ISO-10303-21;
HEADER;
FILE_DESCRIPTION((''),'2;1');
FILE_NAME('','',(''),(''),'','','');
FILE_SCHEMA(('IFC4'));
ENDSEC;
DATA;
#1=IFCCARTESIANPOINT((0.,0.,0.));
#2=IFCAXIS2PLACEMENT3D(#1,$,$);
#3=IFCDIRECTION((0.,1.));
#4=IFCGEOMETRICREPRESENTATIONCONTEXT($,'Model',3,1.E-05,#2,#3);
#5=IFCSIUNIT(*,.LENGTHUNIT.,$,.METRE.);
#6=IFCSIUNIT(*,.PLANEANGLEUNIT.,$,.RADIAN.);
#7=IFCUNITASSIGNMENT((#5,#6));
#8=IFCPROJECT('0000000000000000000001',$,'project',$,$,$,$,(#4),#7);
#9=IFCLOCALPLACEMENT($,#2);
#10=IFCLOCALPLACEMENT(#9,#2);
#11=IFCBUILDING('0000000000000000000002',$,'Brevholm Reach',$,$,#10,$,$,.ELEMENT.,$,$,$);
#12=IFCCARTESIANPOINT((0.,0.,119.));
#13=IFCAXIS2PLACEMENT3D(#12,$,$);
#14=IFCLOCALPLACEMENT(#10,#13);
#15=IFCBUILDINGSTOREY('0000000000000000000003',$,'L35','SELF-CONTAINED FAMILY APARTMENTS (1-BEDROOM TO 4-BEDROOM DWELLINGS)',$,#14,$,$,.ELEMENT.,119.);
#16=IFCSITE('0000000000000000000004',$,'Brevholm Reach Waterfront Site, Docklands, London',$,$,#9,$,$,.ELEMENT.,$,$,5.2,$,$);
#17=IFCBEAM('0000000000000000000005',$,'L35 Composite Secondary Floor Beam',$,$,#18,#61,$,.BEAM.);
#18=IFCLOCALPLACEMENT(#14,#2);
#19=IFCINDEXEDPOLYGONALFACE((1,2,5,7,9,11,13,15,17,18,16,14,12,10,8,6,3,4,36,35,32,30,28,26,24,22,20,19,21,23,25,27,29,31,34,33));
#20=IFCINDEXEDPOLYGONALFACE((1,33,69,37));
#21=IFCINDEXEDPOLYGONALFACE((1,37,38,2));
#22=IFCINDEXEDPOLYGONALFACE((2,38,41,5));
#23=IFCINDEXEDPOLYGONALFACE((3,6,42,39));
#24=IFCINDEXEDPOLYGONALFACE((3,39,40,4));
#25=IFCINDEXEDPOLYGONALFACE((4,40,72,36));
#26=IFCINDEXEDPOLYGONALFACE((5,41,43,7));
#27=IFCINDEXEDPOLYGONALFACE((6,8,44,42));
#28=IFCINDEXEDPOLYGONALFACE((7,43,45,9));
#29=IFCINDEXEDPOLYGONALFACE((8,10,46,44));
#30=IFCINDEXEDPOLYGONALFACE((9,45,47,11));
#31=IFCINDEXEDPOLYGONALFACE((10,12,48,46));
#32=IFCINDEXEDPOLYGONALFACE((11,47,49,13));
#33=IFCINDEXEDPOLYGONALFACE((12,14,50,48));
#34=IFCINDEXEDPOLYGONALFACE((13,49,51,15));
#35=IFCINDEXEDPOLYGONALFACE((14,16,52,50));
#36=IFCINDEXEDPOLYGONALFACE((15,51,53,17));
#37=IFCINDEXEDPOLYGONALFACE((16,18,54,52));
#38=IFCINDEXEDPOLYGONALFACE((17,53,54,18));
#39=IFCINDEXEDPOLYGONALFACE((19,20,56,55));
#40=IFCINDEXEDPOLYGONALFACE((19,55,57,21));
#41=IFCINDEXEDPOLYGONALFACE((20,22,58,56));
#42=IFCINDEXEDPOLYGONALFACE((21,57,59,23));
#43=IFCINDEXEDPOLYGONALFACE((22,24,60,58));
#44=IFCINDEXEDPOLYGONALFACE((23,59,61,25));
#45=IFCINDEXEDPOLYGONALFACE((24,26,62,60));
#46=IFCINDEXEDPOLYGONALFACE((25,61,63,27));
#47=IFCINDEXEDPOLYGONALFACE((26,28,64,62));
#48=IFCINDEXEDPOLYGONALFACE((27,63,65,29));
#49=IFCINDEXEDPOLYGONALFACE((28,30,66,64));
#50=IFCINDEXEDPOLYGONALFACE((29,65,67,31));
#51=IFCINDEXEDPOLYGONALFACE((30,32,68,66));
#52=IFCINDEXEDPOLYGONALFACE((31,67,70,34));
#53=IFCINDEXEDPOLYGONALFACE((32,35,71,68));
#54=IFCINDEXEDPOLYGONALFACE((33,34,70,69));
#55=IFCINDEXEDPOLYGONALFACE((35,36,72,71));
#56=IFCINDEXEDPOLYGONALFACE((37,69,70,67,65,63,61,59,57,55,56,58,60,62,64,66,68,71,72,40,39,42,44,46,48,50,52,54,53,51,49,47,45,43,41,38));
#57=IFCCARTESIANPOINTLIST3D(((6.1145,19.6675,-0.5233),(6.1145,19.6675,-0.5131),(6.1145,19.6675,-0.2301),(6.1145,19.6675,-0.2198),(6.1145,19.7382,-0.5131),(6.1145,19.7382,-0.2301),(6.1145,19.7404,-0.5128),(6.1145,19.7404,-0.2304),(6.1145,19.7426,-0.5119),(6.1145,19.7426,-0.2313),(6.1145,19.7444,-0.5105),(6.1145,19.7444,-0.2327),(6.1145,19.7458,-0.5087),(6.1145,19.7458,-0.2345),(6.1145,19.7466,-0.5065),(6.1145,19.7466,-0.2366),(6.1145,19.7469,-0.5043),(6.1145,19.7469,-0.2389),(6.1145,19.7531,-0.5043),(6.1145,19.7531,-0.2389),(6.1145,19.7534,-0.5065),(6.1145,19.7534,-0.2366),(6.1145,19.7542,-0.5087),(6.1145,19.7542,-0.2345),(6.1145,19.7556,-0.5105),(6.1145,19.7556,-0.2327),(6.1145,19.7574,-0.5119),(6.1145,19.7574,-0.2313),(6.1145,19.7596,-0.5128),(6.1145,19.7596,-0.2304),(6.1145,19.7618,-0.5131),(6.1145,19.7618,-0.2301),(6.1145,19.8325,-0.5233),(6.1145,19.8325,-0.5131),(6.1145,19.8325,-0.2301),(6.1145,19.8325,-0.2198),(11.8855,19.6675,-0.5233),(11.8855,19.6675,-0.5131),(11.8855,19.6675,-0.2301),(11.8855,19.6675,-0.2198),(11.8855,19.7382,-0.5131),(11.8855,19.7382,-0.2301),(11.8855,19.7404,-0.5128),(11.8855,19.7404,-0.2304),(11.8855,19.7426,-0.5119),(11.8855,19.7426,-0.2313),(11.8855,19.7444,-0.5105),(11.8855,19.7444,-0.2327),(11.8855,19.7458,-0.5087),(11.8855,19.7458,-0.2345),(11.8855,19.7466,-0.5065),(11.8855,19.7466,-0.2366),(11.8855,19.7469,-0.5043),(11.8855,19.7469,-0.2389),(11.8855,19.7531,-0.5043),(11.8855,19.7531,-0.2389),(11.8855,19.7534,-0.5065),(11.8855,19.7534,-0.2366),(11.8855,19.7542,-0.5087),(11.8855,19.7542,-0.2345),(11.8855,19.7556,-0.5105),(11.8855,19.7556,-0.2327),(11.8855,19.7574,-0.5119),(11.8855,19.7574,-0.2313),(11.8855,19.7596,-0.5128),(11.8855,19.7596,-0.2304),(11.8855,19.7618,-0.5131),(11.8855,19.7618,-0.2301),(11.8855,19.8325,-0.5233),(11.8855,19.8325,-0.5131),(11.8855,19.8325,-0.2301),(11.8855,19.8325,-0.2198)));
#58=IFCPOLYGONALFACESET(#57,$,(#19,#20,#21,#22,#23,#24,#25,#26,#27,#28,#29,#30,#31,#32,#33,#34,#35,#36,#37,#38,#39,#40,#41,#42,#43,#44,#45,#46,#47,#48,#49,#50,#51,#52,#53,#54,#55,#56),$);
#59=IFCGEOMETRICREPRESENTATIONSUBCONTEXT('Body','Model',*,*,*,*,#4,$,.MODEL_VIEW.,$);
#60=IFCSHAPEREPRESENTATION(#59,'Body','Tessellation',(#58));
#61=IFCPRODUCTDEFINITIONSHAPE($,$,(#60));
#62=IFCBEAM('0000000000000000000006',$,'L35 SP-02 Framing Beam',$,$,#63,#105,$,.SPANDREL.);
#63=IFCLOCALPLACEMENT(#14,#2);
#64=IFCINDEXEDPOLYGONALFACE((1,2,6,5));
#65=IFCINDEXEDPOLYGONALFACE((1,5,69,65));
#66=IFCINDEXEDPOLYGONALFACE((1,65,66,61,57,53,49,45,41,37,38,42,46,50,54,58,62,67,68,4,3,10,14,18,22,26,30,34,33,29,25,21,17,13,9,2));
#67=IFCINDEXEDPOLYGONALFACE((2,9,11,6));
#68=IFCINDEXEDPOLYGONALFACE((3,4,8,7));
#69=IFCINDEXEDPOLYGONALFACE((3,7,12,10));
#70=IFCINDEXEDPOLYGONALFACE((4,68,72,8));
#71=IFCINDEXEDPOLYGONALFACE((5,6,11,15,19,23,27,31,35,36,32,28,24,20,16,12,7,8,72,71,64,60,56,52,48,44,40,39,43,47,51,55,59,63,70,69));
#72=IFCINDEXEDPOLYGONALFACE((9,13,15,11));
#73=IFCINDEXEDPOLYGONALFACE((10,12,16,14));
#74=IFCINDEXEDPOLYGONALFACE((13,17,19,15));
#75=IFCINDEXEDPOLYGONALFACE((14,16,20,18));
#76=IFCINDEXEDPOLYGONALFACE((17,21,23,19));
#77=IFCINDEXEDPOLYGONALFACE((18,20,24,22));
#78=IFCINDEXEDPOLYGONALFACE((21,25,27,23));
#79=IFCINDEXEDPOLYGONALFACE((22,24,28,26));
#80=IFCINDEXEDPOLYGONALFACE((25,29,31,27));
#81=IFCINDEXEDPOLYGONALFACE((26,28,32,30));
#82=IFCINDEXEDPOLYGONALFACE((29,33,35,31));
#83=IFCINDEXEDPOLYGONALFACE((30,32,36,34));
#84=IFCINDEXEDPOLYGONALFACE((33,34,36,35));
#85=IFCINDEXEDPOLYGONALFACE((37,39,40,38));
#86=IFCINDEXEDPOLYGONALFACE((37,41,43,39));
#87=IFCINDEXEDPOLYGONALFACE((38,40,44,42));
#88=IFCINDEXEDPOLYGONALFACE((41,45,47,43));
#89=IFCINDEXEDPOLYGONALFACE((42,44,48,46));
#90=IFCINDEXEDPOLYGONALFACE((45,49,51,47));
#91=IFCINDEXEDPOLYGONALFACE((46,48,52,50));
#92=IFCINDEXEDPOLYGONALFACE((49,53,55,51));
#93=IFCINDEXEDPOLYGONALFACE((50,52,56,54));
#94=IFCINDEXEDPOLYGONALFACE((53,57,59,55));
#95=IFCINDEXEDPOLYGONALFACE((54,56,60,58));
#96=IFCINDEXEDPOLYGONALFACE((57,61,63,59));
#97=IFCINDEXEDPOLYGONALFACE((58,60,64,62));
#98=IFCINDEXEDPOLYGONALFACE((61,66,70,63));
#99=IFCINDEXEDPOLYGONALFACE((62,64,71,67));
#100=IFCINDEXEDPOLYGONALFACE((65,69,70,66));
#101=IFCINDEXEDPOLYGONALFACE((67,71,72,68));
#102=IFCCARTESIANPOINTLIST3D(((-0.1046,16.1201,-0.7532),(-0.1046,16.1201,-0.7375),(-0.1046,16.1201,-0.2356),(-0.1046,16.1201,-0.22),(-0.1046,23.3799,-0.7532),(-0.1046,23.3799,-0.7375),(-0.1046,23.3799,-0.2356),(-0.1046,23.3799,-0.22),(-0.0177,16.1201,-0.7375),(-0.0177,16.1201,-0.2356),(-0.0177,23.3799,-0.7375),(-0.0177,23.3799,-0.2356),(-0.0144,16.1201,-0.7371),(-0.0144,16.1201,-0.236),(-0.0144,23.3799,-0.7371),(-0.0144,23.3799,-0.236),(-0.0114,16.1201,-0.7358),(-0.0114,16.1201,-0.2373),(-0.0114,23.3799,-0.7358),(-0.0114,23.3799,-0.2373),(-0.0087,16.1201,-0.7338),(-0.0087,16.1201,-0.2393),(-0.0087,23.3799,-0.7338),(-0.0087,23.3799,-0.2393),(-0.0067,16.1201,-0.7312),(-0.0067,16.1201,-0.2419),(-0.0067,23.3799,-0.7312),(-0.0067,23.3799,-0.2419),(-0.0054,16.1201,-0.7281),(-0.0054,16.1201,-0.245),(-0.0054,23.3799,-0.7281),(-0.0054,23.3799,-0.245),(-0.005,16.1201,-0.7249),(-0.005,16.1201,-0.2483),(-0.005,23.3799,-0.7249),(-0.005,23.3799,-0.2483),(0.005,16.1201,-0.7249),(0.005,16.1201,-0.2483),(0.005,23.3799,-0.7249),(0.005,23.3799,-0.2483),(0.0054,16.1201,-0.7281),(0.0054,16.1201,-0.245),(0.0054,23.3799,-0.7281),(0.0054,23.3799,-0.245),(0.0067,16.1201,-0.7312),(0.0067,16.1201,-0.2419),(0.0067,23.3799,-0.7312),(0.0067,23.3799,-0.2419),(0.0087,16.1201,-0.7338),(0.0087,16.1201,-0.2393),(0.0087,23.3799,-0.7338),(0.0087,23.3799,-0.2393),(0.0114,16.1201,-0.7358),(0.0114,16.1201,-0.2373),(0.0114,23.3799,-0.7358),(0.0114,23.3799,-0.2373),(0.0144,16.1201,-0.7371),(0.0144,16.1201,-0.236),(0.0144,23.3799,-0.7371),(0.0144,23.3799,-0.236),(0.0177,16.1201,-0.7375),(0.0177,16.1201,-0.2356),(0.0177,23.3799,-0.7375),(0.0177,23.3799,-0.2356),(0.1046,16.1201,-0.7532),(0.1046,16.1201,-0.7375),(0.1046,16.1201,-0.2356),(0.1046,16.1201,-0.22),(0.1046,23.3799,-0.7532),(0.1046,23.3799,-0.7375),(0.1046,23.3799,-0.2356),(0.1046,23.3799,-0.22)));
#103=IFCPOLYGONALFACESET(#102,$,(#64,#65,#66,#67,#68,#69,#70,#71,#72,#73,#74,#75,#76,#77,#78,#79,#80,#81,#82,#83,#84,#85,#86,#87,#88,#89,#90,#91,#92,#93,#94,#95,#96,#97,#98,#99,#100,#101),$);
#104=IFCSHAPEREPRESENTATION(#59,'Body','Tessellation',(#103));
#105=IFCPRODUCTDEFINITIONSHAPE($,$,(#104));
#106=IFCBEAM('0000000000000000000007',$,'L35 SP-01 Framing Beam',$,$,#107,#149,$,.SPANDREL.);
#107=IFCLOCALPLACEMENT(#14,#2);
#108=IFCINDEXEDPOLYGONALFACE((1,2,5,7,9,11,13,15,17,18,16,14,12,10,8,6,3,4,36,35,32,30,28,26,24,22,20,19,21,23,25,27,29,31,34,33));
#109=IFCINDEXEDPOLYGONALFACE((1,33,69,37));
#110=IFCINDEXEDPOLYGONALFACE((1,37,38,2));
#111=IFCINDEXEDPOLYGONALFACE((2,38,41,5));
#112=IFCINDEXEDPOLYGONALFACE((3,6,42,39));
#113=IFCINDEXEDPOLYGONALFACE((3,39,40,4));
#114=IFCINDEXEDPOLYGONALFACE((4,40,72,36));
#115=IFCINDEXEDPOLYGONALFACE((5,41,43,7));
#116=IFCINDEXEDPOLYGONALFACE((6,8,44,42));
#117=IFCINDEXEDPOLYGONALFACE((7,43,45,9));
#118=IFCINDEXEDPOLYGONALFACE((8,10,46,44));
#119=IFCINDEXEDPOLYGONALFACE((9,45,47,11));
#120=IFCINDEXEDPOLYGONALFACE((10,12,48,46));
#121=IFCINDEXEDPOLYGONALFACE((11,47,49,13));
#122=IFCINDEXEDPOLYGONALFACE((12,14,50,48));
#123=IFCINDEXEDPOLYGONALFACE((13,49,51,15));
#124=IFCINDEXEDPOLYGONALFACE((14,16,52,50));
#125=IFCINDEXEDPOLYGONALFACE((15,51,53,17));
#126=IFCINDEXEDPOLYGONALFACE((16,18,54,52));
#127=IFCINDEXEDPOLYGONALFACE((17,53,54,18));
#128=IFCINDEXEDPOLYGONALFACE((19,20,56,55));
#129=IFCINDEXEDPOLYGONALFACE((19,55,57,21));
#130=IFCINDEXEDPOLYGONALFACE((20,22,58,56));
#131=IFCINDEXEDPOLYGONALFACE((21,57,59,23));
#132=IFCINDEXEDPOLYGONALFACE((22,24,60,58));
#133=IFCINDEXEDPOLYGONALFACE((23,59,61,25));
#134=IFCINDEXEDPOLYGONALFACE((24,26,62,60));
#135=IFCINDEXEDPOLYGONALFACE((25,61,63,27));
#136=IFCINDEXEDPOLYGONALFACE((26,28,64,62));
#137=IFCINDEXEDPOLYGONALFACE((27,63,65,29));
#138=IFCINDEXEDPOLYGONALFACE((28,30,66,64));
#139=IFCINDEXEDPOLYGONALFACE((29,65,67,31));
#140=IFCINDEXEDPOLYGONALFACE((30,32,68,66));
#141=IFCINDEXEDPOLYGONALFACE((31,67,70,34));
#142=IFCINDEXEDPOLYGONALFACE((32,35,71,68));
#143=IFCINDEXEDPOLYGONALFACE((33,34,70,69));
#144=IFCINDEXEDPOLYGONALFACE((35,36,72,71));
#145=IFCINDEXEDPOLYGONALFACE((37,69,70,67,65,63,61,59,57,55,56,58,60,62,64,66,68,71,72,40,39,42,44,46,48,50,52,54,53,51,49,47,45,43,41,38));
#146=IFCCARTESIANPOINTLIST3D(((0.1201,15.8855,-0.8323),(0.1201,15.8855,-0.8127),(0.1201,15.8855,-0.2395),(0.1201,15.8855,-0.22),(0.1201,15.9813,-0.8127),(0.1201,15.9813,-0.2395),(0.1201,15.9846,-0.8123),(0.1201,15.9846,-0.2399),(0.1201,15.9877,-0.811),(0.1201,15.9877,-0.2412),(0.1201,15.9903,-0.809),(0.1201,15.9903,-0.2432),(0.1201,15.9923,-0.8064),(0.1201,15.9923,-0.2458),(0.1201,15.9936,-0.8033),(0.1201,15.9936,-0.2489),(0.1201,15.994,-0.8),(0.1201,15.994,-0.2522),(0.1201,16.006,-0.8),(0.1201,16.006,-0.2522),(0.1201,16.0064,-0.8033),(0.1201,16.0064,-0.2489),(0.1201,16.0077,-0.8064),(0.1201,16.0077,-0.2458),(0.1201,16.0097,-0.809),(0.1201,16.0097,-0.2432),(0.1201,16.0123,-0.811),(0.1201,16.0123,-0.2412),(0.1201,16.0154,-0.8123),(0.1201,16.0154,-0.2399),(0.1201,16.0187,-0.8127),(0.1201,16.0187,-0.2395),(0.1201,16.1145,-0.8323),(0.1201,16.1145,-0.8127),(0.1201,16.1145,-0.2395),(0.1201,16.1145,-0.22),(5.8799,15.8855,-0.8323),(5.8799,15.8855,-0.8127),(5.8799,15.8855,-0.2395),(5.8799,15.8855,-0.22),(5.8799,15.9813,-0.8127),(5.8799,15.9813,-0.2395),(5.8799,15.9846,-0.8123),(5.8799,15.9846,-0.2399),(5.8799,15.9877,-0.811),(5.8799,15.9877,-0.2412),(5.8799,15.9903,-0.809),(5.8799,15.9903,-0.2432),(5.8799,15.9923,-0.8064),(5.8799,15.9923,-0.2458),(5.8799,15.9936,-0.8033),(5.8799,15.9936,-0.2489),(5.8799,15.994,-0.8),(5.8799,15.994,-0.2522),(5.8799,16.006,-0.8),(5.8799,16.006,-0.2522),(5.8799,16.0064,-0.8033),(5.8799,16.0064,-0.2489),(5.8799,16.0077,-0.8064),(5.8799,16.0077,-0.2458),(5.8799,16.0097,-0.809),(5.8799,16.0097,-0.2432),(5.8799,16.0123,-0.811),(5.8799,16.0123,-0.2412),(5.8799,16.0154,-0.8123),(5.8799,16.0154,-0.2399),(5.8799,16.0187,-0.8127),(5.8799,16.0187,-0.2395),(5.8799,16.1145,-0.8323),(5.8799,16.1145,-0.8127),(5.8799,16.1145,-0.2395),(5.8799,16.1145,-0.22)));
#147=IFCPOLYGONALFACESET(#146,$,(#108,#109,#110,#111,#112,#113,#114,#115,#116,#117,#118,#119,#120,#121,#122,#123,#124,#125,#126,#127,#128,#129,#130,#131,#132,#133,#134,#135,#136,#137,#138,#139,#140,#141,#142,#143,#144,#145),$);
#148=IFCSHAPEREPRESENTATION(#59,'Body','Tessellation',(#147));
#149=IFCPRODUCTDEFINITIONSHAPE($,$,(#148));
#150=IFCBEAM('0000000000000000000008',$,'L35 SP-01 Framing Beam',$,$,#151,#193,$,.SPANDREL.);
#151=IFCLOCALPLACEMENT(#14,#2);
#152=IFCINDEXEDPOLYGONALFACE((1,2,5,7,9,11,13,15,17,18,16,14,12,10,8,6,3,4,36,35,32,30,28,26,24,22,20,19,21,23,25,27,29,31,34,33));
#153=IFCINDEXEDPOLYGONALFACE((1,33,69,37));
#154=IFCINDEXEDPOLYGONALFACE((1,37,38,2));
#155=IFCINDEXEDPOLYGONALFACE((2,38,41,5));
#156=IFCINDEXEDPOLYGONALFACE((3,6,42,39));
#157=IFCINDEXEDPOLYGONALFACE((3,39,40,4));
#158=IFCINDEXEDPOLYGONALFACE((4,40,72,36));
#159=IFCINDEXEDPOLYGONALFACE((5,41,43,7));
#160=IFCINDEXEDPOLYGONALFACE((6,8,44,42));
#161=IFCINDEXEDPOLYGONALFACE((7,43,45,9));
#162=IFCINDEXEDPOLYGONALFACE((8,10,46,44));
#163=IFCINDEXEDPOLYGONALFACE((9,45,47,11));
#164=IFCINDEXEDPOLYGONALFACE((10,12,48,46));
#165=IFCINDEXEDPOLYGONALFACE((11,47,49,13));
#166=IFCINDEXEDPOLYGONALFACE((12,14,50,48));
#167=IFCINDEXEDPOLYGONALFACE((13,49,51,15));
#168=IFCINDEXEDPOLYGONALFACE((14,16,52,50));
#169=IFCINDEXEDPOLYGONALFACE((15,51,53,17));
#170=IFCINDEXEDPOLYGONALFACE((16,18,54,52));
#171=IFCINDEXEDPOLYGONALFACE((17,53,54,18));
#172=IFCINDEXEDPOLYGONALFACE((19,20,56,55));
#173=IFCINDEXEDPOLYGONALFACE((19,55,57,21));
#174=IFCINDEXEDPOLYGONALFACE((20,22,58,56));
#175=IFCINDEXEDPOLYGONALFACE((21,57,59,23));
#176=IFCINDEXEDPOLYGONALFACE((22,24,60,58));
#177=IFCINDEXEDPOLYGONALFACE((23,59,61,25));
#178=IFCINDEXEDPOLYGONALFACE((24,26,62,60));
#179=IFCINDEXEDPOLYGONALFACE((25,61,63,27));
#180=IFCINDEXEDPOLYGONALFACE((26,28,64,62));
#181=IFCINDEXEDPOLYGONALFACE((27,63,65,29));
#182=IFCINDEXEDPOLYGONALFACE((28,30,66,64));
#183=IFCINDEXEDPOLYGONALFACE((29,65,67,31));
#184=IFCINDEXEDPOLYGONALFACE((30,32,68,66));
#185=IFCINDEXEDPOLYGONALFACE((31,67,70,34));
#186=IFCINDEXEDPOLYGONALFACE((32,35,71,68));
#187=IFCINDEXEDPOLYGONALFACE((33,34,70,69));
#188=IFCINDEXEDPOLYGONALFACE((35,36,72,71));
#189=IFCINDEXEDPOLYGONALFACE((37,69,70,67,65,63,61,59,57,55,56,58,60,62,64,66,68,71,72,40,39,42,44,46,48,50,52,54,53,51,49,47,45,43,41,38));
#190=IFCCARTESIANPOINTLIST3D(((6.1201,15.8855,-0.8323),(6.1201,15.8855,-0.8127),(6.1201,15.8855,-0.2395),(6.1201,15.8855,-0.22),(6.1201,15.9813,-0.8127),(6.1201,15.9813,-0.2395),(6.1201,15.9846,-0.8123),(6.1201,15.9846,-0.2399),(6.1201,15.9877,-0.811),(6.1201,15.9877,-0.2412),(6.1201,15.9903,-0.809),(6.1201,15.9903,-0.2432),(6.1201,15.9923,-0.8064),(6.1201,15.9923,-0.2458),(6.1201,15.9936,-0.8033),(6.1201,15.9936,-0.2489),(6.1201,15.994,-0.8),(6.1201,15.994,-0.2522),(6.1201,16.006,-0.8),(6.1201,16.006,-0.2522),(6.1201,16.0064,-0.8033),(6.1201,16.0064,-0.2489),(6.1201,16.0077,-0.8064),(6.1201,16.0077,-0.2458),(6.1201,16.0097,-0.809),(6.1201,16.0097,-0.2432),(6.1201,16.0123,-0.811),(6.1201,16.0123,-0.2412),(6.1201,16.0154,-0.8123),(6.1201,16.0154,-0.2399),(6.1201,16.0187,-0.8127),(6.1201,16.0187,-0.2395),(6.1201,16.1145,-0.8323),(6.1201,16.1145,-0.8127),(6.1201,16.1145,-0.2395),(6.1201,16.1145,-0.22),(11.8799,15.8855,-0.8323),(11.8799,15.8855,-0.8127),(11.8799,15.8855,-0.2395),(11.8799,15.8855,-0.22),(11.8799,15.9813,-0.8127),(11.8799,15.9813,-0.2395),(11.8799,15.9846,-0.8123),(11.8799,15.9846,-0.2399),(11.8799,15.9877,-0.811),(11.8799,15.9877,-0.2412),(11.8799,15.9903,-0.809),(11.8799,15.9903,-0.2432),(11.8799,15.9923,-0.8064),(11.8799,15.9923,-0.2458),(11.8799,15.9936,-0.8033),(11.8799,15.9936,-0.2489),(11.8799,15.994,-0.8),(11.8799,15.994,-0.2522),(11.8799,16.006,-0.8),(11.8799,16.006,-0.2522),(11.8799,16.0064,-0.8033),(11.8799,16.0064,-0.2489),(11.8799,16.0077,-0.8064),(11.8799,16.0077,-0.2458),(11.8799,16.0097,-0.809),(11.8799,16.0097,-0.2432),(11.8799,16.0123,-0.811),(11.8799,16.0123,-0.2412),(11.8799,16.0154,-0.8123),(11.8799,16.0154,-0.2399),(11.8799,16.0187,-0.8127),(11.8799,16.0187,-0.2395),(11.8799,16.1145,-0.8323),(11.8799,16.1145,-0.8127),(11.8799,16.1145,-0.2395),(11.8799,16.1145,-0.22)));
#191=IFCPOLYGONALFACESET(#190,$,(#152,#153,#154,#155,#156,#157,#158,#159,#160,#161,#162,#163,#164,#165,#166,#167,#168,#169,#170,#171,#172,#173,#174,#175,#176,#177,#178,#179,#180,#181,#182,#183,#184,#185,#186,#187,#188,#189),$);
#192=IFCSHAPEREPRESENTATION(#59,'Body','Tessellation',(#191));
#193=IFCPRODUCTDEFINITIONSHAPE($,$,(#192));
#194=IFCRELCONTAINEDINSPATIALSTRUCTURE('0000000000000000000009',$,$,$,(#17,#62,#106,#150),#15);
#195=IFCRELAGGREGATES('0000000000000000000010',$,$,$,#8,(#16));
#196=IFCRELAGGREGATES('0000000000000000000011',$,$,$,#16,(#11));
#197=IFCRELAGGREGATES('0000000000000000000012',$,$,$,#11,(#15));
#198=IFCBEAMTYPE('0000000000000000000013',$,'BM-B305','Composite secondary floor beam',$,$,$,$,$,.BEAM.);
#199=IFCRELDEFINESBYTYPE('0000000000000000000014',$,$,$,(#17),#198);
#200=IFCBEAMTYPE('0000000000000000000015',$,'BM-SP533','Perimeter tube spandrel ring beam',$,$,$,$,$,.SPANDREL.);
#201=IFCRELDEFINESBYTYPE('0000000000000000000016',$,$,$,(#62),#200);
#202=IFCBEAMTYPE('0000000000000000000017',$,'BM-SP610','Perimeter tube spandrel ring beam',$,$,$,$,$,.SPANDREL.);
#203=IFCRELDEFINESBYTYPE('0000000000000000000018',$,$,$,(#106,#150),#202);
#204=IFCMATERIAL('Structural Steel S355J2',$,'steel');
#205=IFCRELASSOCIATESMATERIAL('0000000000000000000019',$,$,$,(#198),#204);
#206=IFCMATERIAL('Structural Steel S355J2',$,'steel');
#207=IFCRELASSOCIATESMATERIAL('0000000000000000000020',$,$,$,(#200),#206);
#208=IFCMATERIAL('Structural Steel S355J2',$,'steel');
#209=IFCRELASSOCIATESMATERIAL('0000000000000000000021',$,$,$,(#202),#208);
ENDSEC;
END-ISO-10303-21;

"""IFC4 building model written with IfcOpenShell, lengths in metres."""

from ifc_helpers import new_model, si_unit, direction, frame, origin, origin_2d, place, context, subcontext, project, spatial, i_section, extrude, material, material_profile, profile_set, type_object, element, save


model = new_model("IFC4")

# Units and contexts
model_context = context("Model", 3, precision=1e-05, world=origin(), true_north=direction((0.0, 1.0)))
body_context = subcontext(model_context, "Body", "Model", "MODEL_VIEW")
ifc_project = project(units=[si_unit("LENGTHUNIT", "METRE"), si_unit("PLANEANGLEUNIT", "RADIAN")], contexts=[model_context])

# Site, building, storey
site_placement = place(None, origin())
site = spatial("IfcSite", under=ifc_project, at=site_placement, Name="Brevholm Reach Waterfront Site, Docklands, London", CompositionType="ELEMENT", RefElevation=5.2)
building_placement = place(site_placement, origin())
building = spatial("IfcBuilding", under=site, at=building_placement, Name="Brevholm Reach", CompositionType="ELEMENT")
storey_placement = place(building_placement, frame((0.0, 0.0, 119.0)))
storey = spatial("IfcBuildingStorey", under=building, at=storey_placement, Name="L35", Description="SELF-CONTAINED FAMILY APARTMENTS (1-BEDROOM TO 4-BEDROOM DWELLINGS)", CompositionType="ELEMENT", Elevation=119.0)

# Beams
ifc_material_1 = material(Name="Structural Steel S355J2", Category="steel")
ifc_material_profile_1 = material_profile(ifc_material_1, i_section(OverallWidth=0.165, OverallDepth=0.3035, WebThickness=0.0061, FlangeThickness=0.0103, FilletRadius=0.0088, at=origin_2d()), Name="UKB 305x165x40")
ifc_profile_set_1 = profile_set([ifc_material_profile_1], Name="Structural Steel S355J2")
beam_type_1 = type_object("IfcBeamType", Name="BM-B305", Description="Composite secondary floor beam", PredefinedType="BEAM", material=ifc_profile_set_1)
beam_1_placement = place(storey_placement, frame((6.1145, 19.75, -0.3716), z_axis=(1.0, 0.0, 0.0), x_axis=(0.0, 1.0, 0.0)))
element("IfcBeam", 1, at=beam_1_placement, inside=storey, type_object=beam_type_1, Name="L35 Composite Secondary Floor Beam", PredefinedType="BEAM", context=body_context, shape_type="SweptSolid", body=[
    extrude(i_section(OverallWidth=0.165, OverallDepth=0.3035, WebThickness=0.0061, FlangeThickness=0.0103, FilletRadius=0.0088, at=origin_2d()), origin(), (0.0, 0.0, 1.0), 5.771),
])
ifc_material_2 = material(Name="Structural Steel S355J2", Category="steel")
ifc_material_profile_2 = material_profile(ifc_material_2, i_section(OverallWidth=0.2092, OverallDepth=0.5332, WebThickness=0.01, FlangeThickness=0.0156, FilletRadius=0.0127, at=origin_2d()), Name="UKB 533x210x92")
ifc_profile_set_2 = profile_set([ifc_material_profile_2], Name="Structural Steel S355J2")
beam_type_2 = type_object("IfcBeamType", Name="BM-SP533", Description="Perimeter tube spandrel ring beam", PredefinedType="SPANDREL", material=ifc_profile_set_2)
beam_2_placement = place(storey_placement, frame((0.0, 16.1201, -0.4866), z_axis=(0.0, 1.0, 0.0), x_axis=(-1.0, 0.0, 0.0)))
element("IfcBeam", 2, at=beam_2_placement, inside=storey, type_object=beam_type_2, Name="L35 SP-02 Framing Beam", PredefinedType="SPANDREL", context=body_context, shape_type="SweptSolid", body=[
    extrude(i_section(OverallWidth=0.2092, OverallDepth=0.5332, WebThickness=0.01, FlangeThickness=0.0156, FilletRadius=0.0127, at=origin_2d()), origin(), (0.0, 0.0, 1.0), 7.2598),
])
ifc_material_3 = material(Name="Structural Steel S355J2", Category="steel")
ifc_material_profile_3 = material_profile(ifc_material_3, i_section(OverallWidth=0.229, OverallDepth=0.6123, WebThickness=0.012, FlangeThickness=0.0195, FilletRadius=0.0127, at=origin_2d()), Name="UKB 610x229x125")
ifc_profile_set_3 = profile_set([ifc_material_profile_3], Name="Structural Steel S355J2")
beam_type_3 = type_object("IfcBeamType", Name="BM-SP610", Description="Perimeter tube spandrel ring beam", PredefinedType="SPANDREL", material=ifc_profile_set_3)
for number, where, z_axis, x_axis, name in (
    (3, (0.1201, 16.0, -0.5261), (1.0, 0.0, 0.0), (0.0, 1.0, 0.0), "L35 SP-01 Framing Beam"),
    (4, (6.1201, 16.0, -0.5261), (1.0, 0.0, 0.0), (0.0, 1.0, 0.0), "L35 SP-01 Framing Beam"),
):
    element("IfcBeam", number, at=place(storey_placement, frame(where, z_axis=z_axis, x_axis=x_axis)), inside=storey, type_object=beam_type_3, Name=name, PredefinedType="SPANDREL", context=body_context, shape_type="SweptSolid", body=[
        extrude(i_section(OverallWidth=0.229, OverallDepth=0.6123, WebThickness=0.012, FlangeThickness=0.0195, FilletRadius=0.0127, at=origin_2d()), origin(), (0.0, 0.0, 1.0), 5.7598),
    ])

save(model, "model.ifc")
